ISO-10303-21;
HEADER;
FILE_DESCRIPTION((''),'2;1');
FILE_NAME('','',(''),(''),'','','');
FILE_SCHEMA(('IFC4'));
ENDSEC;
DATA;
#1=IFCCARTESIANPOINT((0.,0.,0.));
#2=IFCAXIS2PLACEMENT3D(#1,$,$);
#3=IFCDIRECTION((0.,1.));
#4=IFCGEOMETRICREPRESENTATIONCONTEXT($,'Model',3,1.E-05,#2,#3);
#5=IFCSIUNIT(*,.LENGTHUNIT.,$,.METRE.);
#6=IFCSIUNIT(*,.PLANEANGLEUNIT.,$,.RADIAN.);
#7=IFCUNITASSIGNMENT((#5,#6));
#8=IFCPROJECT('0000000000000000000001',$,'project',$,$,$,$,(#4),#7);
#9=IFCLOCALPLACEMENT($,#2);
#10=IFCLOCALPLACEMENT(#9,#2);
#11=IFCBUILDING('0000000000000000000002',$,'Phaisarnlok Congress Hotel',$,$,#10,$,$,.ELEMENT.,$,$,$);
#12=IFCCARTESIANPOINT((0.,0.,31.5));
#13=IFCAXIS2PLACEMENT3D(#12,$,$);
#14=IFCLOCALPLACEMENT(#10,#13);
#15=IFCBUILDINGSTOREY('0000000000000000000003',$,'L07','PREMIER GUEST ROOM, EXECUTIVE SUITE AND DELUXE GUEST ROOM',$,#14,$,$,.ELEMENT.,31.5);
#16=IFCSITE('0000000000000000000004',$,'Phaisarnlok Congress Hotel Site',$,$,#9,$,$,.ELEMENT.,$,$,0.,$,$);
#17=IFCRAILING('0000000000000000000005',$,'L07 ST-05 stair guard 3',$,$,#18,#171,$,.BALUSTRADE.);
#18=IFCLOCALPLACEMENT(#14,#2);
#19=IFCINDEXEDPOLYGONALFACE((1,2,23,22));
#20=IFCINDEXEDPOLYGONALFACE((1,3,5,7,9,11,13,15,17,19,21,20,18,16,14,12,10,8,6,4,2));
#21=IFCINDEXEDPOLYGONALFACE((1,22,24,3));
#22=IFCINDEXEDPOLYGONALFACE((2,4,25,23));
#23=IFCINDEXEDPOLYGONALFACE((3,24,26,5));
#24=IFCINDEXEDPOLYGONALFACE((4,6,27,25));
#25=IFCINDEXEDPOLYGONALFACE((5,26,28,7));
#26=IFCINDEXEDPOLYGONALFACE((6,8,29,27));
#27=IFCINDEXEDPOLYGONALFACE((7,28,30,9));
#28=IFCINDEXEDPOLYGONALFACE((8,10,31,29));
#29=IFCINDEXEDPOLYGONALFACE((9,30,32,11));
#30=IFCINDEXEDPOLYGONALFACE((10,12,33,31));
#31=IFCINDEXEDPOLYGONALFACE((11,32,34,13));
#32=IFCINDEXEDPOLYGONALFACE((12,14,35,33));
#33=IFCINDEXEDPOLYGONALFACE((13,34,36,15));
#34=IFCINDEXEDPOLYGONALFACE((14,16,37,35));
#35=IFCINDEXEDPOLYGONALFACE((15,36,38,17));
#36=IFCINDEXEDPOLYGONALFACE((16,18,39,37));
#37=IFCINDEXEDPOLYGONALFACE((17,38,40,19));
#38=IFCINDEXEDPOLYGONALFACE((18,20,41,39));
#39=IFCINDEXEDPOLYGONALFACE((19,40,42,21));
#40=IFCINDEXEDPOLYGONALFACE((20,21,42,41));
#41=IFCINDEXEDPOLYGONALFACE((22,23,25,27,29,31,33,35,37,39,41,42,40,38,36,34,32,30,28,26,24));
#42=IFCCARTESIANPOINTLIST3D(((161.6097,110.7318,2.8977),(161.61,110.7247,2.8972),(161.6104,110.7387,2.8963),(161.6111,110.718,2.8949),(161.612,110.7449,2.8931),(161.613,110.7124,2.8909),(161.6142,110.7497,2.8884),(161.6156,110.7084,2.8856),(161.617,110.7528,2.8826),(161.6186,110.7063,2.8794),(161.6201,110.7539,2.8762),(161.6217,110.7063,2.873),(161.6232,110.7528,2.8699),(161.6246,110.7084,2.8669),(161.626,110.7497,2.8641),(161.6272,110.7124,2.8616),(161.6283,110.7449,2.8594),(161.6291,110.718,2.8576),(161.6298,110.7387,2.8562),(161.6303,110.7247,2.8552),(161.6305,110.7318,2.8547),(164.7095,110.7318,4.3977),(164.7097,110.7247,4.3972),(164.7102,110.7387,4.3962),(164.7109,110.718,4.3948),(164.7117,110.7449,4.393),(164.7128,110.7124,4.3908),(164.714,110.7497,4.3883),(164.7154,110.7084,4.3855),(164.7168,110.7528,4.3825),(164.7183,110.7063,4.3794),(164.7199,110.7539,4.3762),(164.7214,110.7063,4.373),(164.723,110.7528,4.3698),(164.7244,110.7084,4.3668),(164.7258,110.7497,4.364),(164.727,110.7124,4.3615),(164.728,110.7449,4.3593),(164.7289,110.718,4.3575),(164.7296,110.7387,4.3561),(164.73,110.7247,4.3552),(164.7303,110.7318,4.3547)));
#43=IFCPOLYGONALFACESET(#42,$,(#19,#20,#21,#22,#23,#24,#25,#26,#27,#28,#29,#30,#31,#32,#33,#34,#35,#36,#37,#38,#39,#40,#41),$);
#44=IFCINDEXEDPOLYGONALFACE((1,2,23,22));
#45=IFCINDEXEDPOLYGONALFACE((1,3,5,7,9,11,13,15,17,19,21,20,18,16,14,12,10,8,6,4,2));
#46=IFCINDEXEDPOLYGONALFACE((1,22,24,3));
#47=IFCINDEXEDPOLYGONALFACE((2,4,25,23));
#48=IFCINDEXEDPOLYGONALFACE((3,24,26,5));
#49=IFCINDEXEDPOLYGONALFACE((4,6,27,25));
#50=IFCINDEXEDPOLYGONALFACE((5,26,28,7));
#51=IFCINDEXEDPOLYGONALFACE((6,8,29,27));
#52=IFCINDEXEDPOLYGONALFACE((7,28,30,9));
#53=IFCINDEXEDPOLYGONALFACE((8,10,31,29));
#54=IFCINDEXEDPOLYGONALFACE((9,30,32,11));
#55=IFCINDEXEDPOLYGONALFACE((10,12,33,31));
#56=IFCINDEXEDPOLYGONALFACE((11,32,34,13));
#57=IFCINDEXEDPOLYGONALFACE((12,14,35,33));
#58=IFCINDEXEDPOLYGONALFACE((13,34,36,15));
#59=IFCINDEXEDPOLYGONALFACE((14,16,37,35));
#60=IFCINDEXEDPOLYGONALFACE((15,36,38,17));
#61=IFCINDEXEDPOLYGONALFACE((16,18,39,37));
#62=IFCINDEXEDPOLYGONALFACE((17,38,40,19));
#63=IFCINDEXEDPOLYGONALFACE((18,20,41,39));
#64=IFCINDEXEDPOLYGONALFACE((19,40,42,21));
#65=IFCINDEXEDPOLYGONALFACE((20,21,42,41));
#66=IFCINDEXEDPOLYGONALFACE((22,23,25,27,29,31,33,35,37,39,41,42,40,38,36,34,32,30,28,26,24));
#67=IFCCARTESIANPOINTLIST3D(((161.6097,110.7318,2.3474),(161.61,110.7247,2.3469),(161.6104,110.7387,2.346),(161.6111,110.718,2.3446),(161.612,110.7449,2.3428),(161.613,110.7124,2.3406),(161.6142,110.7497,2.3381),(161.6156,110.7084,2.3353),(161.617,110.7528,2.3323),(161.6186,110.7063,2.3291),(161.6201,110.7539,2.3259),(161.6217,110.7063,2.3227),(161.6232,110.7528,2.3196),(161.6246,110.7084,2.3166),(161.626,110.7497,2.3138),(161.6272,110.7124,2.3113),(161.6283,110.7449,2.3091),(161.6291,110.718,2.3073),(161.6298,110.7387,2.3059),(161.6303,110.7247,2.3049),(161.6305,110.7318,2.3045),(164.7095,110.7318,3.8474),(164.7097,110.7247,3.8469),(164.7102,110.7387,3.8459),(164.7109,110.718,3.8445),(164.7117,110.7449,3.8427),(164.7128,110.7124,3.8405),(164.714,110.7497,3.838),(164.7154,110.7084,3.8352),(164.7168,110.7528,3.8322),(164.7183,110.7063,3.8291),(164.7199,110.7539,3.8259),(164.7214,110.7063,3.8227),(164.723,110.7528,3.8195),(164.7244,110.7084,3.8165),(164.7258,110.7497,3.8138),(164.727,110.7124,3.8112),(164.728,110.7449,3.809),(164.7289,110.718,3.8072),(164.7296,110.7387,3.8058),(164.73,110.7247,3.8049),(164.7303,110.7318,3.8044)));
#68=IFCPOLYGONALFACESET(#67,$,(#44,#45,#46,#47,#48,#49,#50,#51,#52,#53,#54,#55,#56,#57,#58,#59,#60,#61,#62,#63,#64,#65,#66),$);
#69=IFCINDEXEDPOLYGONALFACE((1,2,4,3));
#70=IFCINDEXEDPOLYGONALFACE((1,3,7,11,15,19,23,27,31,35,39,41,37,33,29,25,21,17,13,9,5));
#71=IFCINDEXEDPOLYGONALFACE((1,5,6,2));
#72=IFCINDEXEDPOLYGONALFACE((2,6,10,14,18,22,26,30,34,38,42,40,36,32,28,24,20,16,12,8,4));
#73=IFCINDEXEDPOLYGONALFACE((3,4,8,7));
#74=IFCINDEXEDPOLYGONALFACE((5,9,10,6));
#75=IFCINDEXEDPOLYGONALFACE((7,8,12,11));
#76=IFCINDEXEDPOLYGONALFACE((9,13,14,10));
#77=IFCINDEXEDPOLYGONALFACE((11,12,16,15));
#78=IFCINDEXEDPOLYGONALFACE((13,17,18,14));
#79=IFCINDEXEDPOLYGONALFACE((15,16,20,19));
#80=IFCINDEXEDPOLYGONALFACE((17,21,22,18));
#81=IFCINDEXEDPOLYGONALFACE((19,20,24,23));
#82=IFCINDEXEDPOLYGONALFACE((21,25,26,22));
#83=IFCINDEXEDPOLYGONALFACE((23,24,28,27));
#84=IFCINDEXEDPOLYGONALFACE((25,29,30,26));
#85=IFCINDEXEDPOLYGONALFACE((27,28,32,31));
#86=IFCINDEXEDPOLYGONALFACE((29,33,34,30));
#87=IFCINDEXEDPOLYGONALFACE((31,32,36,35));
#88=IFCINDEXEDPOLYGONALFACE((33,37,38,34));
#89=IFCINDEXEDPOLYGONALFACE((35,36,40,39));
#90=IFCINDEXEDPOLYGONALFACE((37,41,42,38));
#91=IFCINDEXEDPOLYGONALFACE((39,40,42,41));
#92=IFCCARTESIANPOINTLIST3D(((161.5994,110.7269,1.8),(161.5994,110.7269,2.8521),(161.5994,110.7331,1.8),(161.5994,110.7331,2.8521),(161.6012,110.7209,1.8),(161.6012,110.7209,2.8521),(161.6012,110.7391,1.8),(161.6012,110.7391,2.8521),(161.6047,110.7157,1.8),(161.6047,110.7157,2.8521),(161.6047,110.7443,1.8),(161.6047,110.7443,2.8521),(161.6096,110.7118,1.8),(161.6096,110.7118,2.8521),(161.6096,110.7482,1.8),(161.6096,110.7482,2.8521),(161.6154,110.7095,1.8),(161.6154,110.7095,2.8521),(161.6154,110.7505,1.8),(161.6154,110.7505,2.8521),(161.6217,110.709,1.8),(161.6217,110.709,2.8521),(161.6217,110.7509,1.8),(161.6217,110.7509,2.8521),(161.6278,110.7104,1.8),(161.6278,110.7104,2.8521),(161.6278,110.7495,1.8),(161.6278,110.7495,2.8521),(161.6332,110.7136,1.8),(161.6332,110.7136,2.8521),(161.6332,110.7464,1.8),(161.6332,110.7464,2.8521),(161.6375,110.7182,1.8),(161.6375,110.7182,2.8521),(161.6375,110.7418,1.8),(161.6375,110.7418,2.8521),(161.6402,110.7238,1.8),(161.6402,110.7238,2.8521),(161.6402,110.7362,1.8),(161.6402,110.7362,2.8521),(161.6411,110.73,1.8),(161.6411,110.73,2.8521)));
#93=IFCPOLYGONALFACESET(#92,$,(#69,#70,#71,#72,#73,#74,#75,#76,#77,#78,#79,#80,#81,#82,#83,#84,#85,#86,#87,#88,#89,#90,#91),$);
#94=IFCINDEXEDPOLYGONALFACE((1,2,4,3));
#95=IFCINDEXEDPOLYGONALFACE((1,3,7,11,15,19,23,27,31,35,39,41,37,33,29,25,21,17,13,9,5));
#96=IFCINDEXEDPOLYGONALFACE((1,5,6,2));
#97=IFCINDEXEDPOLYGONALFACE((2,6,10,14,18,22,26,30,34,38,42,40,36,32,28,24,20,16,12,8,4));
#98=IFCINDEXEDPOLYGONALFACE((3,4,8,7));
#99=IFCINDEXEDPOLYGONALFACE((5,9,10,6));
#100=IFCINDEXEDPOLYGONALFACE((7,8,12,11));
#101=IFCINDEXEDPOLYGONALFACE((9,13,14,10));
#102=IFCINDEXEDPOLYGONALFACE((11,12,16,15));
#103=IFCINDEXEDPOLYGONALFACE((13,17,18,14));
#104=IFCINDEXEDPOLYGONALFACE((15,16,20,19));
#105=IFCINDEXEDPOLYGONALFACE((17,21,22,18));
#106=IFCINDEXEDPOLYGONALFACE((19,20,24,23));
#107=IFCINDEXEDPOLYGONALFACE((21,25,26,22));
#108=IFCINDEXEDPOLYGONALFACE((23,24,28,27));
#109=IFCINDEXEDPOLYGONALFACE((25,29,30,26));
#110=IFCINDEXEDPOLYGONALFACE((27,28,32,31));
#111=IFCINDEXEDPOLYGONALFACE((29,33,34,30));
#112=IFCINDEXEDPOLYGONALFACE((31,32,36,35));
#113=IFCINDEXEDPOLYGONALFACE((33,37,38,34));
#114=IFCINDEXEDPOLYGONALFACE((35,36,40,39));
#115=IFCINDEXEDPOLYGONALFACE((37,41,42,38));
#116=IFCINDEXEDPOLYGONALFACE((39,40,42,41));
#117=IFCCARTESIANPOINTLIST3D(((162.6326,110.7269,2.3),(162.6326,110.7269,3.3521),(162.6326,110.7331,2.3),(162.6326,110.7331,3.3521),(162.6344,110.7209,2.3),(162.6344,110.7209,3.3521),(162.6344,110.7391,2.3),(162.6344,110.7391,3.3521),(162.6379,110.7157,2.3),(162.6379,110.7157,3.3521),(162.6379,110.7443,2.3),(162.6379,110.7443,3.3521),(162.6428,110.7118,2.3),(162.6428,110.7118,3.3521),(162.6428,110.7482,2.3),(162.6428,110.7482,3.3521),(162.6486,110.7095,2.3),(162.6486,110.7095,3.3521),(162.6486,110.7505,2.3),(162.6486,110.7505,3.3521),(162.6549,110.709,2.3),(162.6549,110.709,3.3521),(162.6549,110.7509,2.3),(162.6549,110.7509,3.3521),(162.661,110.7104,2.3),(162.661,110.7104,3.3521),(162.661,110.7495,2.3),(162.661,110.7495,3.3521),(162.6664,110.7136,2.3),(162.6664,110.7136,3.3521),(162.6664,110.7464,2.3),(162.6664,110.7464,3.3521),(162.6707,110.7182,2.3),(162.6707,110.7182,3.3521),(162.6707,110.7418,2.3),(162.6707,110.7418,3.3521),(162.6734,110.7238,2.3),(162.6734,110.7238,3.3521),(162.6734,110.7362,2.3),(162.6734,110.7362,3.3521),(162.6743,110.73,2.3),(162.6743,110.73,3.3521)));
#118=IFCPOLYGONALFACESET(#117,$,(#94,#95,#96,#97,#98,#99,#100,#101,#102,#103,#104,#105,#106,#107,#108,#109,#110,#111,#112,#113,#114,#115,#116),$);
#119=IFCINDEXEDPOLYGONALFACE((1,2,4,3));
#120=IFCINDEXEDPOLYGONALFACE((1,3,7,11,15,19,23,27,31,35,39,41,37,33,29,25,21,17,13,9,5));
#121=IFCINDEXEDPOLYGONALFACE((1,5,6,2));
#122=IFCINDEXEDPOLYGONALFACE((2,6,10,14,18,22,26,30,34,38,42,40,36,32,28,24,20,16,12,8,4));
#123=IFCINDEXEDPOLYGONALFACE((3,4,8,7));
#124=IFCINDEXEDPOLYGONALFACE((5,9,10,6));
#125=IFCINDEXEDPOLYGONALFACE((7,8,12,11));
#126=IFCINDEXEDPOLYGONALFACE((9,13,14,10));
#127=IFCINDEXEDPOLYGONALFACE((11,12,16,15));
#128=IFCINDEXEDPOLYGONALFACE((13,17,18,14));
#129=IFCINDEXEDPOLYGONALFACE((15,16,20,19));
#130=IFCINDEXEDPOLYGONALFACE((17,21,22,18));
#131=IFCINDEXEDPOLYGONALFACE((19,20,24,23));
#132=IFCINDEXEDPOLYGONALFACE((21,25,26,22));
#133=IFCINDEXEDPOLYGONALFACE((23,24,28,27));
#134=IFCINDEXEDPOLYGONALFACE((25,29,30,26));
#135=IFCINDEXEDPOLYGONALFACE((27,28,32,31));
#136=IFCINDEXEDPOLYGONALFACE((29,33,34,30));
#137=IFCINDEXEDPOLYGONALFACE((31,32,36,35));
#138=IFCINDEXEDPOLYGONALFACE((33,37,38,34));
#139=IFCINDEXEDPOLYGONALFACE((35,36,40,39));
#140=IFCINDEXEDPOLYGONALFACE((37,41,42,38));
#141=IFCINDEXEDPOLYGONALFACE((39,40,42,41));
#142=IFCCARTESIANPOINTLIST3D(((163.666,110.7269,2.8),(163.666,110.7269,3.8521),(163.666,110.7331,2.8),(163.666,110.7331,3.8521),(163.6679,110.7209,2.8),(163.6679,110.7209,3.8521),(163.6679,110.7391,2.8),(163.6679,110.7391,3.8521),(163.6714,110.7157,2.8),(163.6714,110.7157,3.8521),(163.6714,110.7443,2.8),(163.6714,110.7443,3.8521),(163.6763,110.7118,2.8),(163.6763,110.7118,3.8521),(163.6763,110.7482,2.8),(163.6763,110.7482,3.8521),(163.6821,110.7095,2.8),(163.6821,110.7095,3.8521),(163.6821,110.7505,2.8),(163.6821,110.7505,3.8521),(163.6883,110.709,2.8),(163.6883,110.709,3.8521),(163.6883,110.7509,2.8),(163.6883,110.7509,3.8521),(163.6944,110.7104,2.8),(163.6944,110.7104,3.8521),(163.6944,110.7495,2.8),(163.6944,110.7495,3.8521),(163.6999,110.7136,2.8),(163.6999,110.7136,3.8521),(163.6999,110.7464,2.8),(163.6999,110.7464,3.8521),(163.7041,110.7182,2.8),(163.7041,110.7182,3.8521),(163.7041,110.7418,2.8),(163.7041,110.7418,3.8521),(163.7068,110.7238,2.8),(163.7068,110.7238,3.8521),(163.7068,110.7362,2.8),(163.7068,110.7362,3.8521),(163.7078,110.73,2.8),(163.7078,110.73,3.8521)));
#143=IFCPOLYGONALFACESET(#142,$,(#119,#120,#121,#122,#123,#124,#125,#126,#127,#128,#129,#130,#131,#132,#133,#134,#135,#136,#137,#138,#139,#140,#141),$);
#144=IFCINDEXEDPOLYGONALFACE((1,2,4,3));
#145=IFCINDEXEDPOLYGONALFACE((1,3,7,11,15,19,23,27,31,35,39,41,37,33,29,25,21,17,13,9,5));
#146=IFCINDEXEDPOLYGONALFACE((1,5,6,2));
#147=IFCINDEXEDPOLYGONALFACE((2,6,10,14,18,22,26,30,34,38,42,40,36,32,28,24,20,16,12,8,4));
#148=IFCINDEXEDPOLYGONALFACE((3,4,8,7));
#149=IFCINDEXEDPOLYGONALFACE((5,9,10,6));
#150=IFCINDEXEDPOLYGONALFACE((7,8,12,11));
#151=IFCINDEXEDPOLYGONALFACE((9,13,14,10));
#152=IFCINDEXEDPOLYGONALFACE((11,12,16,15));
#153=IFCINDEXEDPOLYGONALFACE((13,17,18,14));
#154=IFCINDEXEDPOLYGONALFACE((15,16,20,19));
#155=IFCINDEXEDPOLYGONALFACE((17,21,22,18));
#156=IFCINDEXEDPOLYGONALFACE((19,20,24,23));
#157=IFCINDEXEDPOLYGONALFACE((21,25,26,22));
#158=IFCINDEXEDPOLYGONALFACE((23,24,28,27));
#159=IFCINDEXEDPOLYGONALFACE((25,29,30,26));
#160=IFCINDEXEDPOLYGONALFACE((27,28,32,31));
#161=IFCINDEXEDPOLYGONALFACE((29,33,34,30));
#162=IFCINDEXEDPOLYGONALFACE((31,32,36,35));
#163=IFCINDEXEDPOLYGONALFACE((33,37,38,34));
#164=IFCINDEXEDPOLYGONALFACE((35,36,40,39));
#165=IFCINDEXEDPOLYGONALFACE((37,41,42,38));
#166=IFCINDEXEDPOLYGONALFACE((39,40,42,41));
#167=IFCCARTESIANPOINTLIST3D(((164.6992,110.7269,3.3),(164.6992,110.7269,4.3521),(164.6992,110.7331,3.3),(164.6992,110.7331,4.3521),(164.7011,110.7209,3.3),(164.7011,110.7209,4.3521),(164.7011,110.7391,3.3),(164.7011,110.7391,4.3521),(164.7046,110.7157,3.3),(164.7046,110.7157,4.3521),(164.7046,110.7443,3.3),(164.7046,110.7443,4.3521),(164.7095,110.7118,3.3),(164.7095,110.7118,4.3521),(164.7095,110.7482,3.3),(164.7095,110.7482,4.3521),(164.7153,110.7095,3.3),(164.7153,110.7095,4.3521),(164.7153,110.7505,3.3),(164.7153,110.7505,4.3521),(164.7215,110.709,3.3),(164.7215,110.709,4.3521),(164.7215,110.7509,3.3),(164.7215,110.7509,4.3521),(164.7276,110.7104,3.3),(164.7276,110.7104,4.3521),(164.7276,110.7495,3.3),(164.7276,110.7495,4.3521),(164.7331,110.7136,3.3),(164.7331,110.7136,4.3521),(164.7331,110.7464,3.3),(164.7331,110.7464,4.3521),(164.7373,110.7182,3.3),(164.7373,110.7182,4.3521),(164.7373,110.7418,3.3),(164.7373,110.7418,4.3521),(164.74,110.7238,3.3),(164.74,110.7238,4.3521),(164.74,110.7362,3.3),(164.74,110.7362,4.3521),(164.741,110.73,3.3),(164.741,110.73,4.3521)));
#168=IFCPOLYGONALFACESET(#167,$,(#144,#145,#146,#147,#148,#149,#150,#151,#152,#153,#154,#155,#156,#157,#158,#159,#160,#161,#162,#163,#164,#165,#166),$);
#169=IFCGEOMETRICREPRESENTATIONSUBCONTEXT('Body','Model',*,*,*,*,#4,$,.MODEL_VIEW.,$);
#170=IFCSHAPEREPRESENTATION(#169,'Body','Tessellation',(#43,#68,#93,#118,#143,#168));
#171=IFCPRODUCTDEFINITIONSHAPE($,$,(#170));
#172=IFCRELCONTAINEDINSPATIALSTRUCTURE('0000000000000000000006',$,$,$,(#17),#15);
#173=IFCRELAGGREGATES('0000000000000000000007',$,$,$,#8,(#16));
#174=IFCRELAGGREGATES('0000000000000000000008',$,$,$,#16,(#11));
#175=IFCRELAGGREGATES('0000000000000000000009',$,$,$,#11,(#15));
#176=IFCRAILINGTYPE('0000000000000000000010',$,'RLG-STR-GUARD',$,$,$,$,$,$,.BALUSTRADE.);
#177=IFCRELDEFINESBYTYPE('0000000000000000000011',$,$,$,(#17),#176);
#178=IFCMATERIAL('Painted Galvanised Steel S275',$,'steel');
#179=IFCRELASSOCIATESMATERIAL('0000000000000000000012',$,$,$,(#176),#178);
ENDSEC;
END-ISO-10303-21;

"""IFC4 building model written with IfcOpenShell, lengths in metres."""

from ifc_helpers import new_model, si_unit, direction, frame, origin, origin_2d, place, context, subcontext, project, spatial, circle, extrude, material, type_object, element, save


model = new_model("IFC4")

# Units and contexts
model_context = context("Model", 3, precision=1e-05, world=origin(), true_north=direction((0.0, 1.0)))
body_context = subcontext(model_context, "Body", "Model", "MODEL_VIEW")
ifc_project = project(units=[si_unit("LENGTHUNIT", "METRE"), si_unit("PLANEANGLEUNIT", "RADIAN")], contexts=[model_context])

# Site, building, storey
site_placement = place(None, origin())
site = spatial("IfcSite", under=ifc_project, at=site_placement, Name="Phaisarnlok Congress Hotel Site", CompositionType="ELEMENT", RefElevation=0.0)
building_placement = place(site_placement, origin())
building = spatial("IfcBuilding", under=site, at=building_placement, Name="Phaisarnlok Congress Hotel", CompositionType="ELEMENT")
storey_placement = place(building_placement, frame((0.0, 0.0, 31.5)))
storey = spatial("IfcBuildingStorey", under=building, at=storey_placement, Name="L07", Description="PREMIER GUEST ROOM, EXECUTIVE SUITE AND DELUXE GUEST ROOM", CompositionType="ELEMENT", Elevation=31.5)

# Railing
ifc_material_1 = material(Name="Painted Galvanised Steel S275", Category="steel")
railing_type_1 = type_object("IfcRailingType", Name="RLG-STR-GUARD", PredefinedType="BALUSTRADE", material=ifc_material_1)
railing_1_placement = place(storey_placement, frame((161.6201, 110.73, 1.8)))
element("IfcRailing", 1, at=railing_1_placement, inside=storey, type_object=railing_type_1, Name="L07 ST-05 stair guard 3", PredefinedType="BALUSTRADE", context=body_context, shape_type="SweptSolid", body=[
    extrude(circle(Radius=0.0239, at=origin_2d()), frame((0.0, 0.0, 1.0762), z_axis=(0.900151, 0.0, 0.435578), x_axis=(0.0, 1.0, 0.0)), (0.0, 0.0, 1.0), 3.4436),
    extrude(circle(Radius=0.0239, at=origin_2d()), frame((0.0, 0.0, 0.5259), z_axis=(0.900151, 0.0, 0.435578), x_axis=(0.0, 1.0, 0.0)), (0.0, 0.0, 1.0), 3.4436),
    extrude(circle(Radius=0.021, at=origin_2d()), origin(), (0.0, 0.0, 1.0), 1.052),
    extrude(circle(Radius=0.021, at=origin_2d()), frame((1.0332, 0.0, 0.5)), (0.0, 0.0, 1.0), 1.052),
    extrude(circle(Radius=0.021, at=origin_2d()), frame((2.0667, 0.0, 1.0)), (0.0, 0.0, 1.0), 1.052),
    extrude(circle(Radius=0.021, at=origin_2d()), frame((3.0999, 0.0, 1.5)), (0.0, 0.0, 1.0), 1.052),
])

save(model, "model.ifc")
